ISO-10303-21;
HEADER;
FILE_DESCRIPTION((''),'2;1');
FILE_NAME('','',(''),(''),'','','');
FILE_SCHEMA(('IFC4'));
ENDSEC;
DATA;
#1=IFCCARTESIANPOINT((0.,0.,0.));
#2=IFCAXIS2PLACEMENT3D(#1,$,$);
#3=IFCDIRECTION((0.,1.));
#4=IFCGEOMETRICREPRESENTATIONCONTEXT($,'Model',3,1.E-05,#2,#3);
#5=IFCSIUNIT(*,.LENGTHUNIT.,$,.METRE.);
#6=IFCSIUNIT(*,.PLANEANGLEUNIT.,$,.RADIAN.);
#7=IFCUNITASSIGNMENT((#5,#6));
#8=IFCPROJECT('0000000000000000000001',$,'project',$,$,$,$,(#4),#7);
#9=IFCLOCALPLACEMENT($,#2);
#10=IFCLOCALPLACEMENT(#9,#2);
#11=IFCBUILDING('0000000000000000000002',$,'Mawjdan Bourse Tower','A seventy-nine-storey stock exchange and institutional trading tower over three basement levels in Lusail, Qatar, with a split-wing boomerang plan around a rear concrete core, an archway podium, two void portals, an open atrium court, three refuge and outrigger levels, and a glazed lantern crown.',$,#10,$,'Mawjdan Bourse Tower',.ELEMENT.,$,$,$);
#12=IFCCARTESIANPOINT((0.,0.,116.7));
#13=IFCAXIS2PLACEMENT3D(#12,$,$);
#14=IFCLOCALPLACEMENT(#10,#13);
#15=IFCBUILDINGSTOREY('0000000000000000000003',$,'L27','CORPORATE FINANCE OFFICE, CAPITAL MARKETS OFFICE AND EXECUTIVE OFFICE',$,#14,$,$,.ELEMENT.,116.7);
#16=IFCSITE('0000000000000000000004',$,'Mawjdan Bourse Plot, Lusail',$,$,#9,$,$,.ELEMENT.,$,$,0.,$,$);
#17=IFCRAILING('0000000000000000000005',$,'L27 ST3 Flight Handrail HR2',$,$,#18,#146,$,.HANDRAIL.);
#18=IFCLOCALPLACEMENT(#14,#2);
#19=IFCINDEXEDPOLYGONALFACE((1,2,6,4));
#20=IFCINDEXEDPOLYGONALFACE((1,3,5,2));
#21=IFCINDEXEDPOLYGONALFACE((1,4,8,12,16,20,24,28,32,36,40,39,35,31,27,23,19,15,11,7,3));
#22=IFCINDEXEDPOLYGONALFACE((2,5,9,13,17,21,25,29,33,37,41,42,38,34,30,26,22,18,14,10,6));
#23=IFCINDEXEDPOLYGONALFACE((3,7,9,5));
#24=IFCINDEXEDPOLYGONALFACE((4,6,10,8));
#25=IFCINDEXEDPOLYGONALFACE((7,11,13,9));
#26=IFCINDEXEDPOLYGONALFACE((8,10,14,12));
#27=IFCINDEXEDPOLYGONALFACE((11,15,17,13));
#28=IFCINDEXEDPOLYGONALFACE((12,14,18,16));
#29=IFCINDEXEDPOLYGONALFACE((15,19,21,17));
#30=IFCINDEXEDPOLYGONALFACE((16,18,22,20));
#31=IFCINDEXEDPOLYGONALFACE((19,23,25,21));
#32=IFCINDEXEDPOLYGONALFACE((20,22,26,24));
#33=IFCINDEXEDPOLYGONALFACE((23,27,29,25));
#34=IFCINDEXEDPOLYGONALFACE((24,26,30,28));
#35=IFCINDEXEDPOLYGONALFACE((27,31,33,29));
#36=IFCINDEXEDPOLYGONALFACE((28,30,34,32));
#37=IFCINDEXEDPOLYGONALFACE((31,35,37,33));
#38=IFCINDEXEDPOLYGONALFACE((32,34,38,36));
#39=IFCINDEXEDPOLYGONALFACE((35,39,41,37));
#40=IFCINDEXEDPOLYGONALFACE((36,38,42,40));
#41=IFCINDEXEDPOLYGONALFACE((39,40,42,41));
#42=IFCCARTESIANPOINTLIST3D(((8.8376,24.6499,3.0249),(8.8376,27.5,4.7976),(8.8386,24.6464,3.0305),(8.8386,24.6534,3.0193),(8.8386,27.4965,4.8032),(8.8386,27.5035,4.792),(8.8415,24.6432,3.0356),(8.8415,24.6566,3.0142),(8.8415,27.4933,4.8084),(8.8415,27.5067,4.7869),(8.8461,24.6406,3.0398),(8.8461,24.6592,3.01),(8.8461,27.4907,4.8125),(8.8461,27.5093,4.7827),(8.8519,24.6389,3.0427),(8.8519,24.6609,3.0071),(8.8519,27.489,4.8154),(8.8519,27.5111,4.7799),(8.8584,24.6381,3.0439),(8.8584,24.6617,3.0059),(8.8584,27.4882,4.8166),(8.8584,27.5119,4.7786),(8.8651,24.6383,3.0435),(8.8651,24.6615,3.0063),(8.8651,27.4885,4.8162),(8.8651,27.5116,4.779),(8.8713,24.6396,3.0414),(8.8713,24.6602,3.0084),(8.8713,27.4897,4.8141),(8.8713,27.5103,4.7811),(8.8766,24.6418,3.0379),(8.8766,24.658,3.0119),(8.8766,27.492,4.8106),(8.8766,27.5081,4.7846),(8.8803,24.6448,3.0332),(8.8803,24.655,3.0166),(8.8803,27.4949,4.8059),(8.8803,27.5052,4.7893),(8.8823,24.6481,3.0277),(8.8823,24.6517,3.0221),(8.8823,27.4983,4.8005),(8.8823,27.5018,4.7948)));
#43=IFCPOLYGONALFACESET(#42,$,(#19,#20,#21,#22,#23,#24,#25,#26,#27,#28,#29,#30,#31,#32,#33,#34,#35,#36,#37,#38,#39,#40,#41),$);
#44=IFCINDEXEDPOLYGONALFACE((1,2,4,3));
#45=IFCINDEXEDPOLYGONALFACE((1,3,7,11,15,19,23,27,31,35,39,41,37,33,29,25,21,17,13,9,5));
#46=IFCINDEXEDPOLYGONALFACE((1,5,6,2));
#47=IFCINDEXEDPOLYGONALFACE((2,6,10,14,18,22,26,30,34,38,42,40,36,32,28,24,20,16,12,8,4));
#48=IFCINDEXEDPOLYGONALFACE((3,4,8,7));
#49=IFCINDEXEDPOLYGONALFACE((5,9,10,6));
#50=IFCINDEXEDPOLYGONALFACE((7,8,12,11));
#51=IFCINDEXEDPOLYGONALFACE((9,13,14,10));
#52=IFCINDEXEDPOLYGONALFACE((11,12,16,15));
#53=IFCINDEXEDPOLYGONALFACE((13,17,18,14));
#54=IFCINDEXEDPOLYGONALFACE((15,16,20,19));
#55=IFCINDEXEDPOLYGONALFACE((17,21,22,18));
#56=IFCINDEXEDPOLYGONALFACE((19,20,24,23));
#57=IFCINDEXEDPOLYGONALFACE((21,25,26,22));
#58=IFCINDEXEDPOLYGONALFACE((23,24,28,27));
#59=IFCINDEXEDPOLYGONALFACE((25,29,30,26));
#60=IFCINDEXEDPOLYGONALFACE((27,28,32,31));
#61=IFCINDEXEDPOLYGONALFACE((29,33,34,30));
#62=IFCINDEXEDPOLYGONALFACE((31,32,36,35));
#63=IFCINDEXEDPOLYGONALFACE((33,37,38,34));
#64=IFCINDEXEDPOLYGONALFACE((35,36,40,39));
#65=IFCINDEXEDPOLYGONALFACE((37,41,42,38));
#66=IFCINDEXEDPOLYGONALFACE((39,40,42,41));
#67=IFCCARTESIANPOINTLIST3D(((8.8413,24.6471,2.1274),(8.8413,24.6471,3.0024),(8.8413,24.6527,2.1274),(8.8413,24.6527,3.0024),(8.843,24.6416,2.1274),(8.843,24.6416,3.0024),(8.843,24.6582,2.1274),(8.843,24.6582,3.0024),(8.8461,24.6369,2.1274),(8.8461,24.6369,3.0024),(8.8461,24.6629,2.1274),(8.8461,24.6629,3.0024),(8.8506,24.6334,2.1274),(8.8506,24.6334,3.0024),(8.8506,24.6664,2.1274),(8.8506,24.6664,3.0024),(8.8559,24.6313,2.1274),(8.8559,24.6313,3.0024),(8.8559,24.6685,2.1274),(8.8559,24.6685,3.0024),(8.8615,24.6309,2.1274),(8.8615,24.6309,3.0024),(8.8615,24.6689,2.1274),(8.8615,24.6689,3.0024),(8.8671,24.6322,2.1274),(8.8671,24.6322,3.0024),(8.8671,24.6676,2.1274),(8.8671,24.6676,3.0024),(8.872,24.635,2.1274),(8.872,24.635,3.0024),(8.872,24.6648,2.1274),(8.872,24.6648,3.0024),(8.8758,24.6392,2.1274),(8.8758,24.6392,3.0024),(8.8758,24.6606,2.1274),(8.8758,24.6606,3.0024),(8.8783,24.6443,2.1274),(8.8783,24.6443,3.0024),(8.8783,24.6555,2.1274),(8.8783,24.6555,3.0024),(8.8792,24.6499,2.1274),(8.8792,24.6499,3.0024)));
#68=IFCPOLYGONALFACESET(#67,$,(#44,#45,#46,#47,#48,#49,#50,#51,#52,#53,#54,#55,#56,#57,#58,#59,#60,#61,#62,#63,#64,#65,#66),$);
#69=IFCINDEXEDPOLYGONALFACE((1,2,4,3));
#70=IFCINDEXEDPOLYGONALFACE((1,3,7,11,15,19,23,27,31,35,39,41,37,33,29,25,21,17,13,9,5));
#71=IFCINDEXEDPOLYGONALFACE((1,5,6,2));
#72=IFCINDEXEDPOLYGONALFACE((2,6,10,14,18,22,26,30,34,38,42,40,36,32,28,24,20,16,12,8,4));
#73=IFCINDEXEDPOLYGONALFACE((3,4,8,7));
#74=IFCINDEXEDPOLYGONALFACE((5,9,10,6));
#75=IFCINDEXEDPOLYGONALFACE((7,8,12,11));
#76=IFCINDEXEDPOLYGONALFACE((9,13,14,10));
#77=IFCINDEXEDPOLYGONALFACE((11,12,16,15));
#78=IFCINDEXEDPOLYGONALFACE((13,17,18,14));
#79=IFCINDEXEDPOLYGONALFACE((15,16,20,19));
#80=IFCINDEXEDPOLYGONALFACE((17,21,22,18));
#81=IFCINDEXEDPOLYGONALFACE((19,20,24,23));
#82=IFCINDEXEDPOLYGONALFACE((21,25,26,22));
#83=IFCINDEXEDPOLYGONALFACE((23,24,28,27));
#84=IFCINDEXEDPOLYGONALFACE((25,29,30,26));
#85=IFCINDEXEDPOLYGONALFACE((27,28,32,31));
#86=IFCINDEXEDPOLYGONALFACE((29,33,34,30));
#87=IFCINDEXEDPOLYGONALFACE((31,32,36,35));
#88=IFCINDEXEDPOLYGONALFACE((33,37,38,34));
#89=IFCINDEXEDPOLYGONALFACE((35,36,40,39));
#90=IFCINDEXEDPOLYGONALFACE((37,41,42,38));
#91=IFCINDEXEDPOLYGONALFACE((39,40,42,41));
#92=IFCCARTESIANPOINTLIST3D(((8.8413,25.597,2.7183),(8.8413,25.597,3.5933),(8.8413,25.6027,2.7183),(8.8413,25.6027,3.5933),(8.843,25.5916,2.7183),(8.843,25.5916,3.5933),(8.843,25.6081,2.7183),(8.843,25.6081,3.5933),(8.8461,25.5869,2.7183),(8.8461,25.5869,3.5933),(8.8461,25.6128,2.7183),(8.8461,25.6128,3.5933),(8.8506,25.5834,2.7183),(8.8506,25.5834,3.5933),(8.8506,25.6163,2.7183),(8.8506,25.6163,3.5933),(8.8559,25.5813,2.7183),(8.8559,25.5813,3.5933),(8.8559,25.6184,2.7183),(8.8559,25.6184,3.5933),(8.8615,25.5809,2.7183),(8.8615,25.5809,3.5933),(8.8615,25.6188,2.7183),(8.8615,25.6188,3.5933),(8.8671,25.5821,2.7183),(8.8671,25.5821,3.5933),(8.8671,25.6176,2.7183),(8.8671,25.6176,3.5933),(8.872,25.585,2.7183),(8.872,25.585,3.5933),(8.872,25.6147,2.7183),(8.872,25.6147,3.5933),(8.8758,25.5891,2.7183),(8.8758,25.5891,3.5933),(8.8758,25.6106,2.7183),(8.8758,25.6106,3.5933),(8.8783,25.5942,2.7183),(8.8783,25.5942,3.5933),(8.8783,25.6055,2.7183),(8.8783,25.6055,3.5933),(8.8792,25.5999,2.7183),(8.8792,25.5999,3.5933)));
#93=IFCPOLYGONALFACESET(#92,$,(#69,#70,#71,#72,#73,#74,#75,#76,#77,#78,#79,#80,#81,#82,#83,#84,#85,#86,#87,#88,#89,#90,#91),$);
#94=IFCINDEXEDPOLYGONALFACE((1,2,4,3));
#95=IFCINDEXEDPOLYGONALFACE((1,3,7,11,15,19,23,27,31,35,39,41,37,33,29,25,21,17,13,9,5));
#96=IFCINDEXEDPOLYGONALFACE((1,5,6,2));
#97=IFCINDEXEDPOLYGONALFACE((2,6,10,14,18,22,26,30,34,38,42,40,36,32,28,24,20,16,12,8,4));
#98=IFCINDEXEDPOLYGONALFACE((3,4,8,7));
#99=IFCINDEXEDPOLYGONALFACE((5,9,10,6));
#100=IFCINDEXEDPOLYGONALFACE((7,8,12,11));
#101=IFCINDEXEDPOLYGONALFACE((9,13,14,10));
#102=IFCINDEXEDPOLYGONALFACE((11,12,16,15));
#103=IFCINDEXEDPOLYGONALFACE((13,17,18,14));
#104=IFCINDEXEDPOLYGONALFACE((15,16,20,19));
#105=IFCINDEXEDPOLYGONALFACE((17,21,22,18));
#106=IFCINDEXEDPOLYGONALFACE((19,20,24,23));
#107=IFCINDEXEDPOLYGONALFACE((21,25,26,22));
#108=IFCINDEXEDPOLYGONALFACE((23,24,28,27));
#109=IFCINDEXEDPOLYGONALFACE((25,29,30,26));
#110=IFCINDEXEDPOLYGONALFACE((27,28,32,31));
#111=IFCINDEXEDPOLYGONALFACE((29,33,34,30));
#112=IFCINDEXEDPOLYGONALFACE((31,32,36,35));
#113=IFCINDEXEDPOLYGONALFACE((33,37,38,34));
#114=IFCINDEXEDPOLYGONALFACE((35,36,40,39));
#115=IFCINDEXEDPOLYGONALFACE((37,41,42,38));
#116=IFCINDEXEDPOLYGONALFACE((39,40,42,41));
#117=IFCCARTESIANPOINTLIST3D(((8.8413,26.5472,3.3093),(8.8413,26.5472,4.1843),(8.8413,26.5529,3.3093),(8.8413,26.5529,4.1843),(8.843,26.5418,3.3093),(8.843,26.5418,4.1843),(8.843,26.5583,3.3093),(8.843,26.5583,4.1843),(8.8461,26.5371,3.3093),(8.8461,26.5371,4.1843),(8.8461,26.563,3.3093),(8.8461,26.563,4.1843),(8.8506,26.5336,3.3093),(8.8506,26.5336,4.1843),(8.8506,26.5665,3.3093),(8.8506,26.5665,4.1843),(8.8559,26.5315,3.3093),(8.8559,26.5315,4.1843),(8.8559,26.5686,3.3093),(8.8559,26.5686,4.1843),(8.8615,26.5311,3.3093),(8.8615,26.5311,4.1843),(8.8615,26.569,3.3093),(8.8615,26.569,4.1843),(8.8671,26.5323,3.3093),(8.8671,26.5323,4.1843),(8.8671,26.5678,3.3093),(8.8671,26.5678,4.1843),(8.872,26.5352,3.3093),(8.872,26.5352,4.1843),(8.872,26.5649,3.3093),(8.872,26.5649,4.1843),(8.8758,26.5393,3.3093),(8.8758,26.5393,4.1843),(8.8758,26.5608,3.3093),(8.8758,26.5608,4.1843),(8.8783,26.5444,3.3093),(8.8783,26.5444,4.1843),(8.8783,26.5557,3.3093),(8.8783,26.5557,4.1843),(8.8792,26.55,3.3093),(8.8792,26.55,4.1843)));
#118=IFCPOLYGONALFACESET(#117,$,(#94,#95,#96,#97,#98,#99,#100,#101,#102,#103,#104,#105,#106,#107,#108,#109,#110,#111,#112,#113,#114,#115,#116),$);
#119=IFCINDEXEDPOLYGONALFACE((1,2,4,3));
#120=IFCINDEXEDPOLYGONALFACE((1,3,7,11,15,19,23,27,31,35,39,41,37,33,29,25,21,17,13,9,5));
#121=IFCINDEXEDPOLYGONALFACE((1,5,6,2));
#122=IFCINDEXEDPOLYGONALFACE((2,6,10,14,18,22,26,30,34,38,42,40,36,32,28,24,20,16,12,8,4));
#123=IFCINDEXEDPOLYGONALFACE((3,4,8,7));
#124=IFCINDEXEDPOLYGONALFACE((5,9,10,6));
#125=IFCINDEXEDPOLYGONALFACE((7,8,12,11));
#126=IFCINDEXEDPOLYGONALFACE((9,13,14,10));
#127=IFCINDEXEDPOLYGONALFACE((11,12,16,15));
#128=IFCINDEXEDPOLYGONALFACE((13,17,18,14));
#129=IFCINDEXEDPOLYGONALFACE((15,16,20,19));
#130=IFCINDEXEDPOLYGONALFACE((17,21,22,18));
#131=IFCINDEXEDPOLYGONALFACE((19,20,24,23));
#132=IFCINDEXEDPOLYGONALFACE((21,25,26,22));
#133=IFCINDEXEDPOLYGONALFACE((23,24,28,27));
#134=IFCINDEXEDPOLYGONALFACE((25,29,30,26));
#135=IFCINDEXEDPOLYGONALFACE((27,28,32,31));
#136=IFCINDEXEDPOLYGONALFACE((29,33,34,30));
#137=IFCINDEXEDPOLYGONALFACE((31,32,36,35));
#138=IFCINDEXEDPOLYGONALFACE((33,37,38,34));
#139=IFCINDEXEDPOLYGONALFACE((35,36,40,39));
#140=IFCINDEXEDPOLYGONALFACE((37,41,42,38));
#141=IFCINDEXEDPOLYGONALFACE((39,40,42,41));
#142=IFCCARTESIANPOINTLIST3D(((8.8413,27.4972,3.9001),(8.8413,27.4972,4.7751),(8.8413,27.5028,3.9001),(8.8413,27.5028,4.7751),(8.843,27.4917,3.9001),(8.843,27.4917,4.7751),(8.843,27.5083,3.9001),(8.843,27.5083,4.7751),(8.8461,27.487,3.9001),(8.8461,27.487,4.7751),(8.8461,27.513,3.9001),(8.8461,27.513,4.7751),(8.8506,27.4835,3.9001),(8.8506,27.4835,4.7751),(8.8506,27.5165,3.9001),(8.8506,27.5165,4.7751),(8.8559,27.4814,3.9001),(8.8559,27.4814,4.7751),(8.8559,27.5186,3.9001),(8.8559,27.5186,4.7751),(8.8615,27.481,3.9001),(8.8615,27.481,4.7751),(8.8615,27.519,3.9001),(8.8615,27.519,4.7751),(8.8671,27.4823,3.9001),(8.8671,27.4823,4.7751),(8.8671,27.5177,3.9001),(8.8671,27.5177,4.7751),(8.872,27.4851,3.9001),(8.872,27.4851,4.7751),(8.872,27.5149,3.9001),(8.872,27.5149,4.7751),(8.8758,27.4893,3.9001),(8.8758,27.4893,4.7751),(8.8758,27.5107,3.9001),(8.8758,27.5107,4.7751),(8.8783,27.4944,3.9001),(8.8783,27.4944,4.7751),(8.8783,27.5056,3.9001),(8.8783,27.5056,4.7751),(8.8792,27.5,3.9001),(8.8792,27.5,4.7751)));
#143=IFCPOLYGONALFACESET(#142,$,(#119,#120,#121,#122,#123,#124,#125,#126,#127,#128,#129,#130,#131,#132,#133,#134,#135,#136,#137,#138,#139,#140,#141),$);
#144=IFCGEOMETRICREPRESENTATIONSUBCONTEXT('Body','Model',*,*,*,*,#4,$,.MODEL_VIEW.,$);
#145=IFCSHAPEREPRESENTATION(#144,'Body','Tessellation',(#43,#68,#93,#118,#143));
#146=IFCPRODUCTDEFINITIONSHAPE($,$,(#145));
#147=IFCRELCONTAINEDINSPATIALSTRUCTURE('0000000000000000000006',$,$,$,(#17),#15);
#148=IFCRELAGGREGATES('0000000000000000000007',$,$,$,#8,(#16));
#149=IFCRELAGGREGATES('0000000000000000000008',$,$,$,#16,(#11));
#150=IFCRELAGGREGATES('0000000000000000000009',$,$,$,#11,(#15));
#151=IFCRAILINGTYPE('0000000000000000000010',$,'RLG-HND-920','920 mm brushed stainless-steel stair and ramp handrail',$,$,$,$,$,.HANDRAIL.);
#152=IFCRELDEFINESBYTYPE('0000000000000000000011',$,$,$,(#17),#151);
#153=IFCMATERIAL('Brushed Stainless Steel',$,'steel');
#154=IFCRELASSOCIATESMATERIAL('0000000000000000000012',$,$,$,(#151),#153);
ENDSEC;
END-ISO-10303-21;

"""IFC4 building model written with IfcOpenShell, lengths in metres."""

from ifc_helpers import new_model, si_unit, direction, frame, origin, origin_2d, place, context, subcontext, project, spatial, circle, extrude, material, type_object, element, save


model = new_model("IFC4")

# Units and contexts
model_context = context("Model", 3, precision=1e-05, world=origin(), true_north=direction((0.0, 1.0)))
body_context = subcontext(model_context, "Body", "Model", "MODEL_VIEW")
ifc_project = project(units=[si_unit("LENGTHUNIT", "METRE"), si_unit("PLANEANGLEUNIT", "RADIAN")], contexts=[model_context])

# Site, building, storey
site_placement = place(None, origin())
site = spatial("IfcSite", under=ifc_project, at=site_placement, Name="Mawjdan Bourse Plot, Lusail", CompositionType="ELEMENT", RefElevation=0.0)
building_placement = place(site_placement, origin())
building = spatial("IfcBuilding", under=site, at=building_placement, Name="Mawjdan Bourse Tower", Description="A seventy-nine-storey stock exchange and institutional trading tower over three basement levels in Lusail, Qatar, with a split-wing boomerang plan around a rear concrete core, an archway podium, two void portals, an open atrium court, three refuge and outrigger levels, and a glazed lantern crown.", LongName="Mawjdan Bourse Tower", CompositionType="ELEMENT")
storey_placement = place(building_placement, frame((0.0, 0.0, 116.7)))
storey = spatial("IfcBuildingStorey", under=building, at=storey_placement, Name="L27", Description="CORPORATE FINANCE OFFICE, CAPITAL MARKETS OFFICE AND EXECUTIVE OFFICE", CompositionType="ELEMENT", Elevation=116.7)

# Railing
ifc_material_1 = material(Name="Brushed Stainless Steel", Category="steel")
railing_type_1 = type_object("IfcRailingType", Name="RLG-HND-920", Description="920 mm brushed stainless-steel stair and ramp handrail", PredefinedType="HANDRAIL", material=ifc_material_1)
railing_placement = place(storey_placement, frame((8.8601, 24.6499, 2.1274)))
element("IfcRailing", 1, at=railing_placement, inside=storey, type_object=railing_type_1, Name="L27 ST3 Flight Handrail HR2", PredefinedType="HANDRAIL", context=body_context, shape_type="SweptSolid", body=[
    extrude(circle(Radius=0.0225, at=origin_2d()), frame((0.0, 0.0, 0.8975), z_axis=(0.0, 0.849149, 0.528154), x_axis=(-1.0, 0.0, 0.0)), (0.0, 0.0, 1.0), 3.3564),
    extrude(circle(Radius=0.019, at=origin_2d()), origin(), (0.0, 0.0, 1.0), 0.875),
    extrude(circle(Radius=0.019, at=origin_2d()), frame((0.0, 0.95, 0.5908)), (0.0, 0.0, 1.0), 0.875),
    extrude(circle(Radius=0.019, at=origin_2d()), frame((0.0, 1.9001, 1.1819)), (0.0, 0.0, 1.0), 0.875),
    extrude(circle(Radius=0.019, at=origin_2d()), frame((0.0, 2.8501, 1.7727)), (0.0, 0.0, 1.0), 0.875),
])

save(model, "model.ifc")
